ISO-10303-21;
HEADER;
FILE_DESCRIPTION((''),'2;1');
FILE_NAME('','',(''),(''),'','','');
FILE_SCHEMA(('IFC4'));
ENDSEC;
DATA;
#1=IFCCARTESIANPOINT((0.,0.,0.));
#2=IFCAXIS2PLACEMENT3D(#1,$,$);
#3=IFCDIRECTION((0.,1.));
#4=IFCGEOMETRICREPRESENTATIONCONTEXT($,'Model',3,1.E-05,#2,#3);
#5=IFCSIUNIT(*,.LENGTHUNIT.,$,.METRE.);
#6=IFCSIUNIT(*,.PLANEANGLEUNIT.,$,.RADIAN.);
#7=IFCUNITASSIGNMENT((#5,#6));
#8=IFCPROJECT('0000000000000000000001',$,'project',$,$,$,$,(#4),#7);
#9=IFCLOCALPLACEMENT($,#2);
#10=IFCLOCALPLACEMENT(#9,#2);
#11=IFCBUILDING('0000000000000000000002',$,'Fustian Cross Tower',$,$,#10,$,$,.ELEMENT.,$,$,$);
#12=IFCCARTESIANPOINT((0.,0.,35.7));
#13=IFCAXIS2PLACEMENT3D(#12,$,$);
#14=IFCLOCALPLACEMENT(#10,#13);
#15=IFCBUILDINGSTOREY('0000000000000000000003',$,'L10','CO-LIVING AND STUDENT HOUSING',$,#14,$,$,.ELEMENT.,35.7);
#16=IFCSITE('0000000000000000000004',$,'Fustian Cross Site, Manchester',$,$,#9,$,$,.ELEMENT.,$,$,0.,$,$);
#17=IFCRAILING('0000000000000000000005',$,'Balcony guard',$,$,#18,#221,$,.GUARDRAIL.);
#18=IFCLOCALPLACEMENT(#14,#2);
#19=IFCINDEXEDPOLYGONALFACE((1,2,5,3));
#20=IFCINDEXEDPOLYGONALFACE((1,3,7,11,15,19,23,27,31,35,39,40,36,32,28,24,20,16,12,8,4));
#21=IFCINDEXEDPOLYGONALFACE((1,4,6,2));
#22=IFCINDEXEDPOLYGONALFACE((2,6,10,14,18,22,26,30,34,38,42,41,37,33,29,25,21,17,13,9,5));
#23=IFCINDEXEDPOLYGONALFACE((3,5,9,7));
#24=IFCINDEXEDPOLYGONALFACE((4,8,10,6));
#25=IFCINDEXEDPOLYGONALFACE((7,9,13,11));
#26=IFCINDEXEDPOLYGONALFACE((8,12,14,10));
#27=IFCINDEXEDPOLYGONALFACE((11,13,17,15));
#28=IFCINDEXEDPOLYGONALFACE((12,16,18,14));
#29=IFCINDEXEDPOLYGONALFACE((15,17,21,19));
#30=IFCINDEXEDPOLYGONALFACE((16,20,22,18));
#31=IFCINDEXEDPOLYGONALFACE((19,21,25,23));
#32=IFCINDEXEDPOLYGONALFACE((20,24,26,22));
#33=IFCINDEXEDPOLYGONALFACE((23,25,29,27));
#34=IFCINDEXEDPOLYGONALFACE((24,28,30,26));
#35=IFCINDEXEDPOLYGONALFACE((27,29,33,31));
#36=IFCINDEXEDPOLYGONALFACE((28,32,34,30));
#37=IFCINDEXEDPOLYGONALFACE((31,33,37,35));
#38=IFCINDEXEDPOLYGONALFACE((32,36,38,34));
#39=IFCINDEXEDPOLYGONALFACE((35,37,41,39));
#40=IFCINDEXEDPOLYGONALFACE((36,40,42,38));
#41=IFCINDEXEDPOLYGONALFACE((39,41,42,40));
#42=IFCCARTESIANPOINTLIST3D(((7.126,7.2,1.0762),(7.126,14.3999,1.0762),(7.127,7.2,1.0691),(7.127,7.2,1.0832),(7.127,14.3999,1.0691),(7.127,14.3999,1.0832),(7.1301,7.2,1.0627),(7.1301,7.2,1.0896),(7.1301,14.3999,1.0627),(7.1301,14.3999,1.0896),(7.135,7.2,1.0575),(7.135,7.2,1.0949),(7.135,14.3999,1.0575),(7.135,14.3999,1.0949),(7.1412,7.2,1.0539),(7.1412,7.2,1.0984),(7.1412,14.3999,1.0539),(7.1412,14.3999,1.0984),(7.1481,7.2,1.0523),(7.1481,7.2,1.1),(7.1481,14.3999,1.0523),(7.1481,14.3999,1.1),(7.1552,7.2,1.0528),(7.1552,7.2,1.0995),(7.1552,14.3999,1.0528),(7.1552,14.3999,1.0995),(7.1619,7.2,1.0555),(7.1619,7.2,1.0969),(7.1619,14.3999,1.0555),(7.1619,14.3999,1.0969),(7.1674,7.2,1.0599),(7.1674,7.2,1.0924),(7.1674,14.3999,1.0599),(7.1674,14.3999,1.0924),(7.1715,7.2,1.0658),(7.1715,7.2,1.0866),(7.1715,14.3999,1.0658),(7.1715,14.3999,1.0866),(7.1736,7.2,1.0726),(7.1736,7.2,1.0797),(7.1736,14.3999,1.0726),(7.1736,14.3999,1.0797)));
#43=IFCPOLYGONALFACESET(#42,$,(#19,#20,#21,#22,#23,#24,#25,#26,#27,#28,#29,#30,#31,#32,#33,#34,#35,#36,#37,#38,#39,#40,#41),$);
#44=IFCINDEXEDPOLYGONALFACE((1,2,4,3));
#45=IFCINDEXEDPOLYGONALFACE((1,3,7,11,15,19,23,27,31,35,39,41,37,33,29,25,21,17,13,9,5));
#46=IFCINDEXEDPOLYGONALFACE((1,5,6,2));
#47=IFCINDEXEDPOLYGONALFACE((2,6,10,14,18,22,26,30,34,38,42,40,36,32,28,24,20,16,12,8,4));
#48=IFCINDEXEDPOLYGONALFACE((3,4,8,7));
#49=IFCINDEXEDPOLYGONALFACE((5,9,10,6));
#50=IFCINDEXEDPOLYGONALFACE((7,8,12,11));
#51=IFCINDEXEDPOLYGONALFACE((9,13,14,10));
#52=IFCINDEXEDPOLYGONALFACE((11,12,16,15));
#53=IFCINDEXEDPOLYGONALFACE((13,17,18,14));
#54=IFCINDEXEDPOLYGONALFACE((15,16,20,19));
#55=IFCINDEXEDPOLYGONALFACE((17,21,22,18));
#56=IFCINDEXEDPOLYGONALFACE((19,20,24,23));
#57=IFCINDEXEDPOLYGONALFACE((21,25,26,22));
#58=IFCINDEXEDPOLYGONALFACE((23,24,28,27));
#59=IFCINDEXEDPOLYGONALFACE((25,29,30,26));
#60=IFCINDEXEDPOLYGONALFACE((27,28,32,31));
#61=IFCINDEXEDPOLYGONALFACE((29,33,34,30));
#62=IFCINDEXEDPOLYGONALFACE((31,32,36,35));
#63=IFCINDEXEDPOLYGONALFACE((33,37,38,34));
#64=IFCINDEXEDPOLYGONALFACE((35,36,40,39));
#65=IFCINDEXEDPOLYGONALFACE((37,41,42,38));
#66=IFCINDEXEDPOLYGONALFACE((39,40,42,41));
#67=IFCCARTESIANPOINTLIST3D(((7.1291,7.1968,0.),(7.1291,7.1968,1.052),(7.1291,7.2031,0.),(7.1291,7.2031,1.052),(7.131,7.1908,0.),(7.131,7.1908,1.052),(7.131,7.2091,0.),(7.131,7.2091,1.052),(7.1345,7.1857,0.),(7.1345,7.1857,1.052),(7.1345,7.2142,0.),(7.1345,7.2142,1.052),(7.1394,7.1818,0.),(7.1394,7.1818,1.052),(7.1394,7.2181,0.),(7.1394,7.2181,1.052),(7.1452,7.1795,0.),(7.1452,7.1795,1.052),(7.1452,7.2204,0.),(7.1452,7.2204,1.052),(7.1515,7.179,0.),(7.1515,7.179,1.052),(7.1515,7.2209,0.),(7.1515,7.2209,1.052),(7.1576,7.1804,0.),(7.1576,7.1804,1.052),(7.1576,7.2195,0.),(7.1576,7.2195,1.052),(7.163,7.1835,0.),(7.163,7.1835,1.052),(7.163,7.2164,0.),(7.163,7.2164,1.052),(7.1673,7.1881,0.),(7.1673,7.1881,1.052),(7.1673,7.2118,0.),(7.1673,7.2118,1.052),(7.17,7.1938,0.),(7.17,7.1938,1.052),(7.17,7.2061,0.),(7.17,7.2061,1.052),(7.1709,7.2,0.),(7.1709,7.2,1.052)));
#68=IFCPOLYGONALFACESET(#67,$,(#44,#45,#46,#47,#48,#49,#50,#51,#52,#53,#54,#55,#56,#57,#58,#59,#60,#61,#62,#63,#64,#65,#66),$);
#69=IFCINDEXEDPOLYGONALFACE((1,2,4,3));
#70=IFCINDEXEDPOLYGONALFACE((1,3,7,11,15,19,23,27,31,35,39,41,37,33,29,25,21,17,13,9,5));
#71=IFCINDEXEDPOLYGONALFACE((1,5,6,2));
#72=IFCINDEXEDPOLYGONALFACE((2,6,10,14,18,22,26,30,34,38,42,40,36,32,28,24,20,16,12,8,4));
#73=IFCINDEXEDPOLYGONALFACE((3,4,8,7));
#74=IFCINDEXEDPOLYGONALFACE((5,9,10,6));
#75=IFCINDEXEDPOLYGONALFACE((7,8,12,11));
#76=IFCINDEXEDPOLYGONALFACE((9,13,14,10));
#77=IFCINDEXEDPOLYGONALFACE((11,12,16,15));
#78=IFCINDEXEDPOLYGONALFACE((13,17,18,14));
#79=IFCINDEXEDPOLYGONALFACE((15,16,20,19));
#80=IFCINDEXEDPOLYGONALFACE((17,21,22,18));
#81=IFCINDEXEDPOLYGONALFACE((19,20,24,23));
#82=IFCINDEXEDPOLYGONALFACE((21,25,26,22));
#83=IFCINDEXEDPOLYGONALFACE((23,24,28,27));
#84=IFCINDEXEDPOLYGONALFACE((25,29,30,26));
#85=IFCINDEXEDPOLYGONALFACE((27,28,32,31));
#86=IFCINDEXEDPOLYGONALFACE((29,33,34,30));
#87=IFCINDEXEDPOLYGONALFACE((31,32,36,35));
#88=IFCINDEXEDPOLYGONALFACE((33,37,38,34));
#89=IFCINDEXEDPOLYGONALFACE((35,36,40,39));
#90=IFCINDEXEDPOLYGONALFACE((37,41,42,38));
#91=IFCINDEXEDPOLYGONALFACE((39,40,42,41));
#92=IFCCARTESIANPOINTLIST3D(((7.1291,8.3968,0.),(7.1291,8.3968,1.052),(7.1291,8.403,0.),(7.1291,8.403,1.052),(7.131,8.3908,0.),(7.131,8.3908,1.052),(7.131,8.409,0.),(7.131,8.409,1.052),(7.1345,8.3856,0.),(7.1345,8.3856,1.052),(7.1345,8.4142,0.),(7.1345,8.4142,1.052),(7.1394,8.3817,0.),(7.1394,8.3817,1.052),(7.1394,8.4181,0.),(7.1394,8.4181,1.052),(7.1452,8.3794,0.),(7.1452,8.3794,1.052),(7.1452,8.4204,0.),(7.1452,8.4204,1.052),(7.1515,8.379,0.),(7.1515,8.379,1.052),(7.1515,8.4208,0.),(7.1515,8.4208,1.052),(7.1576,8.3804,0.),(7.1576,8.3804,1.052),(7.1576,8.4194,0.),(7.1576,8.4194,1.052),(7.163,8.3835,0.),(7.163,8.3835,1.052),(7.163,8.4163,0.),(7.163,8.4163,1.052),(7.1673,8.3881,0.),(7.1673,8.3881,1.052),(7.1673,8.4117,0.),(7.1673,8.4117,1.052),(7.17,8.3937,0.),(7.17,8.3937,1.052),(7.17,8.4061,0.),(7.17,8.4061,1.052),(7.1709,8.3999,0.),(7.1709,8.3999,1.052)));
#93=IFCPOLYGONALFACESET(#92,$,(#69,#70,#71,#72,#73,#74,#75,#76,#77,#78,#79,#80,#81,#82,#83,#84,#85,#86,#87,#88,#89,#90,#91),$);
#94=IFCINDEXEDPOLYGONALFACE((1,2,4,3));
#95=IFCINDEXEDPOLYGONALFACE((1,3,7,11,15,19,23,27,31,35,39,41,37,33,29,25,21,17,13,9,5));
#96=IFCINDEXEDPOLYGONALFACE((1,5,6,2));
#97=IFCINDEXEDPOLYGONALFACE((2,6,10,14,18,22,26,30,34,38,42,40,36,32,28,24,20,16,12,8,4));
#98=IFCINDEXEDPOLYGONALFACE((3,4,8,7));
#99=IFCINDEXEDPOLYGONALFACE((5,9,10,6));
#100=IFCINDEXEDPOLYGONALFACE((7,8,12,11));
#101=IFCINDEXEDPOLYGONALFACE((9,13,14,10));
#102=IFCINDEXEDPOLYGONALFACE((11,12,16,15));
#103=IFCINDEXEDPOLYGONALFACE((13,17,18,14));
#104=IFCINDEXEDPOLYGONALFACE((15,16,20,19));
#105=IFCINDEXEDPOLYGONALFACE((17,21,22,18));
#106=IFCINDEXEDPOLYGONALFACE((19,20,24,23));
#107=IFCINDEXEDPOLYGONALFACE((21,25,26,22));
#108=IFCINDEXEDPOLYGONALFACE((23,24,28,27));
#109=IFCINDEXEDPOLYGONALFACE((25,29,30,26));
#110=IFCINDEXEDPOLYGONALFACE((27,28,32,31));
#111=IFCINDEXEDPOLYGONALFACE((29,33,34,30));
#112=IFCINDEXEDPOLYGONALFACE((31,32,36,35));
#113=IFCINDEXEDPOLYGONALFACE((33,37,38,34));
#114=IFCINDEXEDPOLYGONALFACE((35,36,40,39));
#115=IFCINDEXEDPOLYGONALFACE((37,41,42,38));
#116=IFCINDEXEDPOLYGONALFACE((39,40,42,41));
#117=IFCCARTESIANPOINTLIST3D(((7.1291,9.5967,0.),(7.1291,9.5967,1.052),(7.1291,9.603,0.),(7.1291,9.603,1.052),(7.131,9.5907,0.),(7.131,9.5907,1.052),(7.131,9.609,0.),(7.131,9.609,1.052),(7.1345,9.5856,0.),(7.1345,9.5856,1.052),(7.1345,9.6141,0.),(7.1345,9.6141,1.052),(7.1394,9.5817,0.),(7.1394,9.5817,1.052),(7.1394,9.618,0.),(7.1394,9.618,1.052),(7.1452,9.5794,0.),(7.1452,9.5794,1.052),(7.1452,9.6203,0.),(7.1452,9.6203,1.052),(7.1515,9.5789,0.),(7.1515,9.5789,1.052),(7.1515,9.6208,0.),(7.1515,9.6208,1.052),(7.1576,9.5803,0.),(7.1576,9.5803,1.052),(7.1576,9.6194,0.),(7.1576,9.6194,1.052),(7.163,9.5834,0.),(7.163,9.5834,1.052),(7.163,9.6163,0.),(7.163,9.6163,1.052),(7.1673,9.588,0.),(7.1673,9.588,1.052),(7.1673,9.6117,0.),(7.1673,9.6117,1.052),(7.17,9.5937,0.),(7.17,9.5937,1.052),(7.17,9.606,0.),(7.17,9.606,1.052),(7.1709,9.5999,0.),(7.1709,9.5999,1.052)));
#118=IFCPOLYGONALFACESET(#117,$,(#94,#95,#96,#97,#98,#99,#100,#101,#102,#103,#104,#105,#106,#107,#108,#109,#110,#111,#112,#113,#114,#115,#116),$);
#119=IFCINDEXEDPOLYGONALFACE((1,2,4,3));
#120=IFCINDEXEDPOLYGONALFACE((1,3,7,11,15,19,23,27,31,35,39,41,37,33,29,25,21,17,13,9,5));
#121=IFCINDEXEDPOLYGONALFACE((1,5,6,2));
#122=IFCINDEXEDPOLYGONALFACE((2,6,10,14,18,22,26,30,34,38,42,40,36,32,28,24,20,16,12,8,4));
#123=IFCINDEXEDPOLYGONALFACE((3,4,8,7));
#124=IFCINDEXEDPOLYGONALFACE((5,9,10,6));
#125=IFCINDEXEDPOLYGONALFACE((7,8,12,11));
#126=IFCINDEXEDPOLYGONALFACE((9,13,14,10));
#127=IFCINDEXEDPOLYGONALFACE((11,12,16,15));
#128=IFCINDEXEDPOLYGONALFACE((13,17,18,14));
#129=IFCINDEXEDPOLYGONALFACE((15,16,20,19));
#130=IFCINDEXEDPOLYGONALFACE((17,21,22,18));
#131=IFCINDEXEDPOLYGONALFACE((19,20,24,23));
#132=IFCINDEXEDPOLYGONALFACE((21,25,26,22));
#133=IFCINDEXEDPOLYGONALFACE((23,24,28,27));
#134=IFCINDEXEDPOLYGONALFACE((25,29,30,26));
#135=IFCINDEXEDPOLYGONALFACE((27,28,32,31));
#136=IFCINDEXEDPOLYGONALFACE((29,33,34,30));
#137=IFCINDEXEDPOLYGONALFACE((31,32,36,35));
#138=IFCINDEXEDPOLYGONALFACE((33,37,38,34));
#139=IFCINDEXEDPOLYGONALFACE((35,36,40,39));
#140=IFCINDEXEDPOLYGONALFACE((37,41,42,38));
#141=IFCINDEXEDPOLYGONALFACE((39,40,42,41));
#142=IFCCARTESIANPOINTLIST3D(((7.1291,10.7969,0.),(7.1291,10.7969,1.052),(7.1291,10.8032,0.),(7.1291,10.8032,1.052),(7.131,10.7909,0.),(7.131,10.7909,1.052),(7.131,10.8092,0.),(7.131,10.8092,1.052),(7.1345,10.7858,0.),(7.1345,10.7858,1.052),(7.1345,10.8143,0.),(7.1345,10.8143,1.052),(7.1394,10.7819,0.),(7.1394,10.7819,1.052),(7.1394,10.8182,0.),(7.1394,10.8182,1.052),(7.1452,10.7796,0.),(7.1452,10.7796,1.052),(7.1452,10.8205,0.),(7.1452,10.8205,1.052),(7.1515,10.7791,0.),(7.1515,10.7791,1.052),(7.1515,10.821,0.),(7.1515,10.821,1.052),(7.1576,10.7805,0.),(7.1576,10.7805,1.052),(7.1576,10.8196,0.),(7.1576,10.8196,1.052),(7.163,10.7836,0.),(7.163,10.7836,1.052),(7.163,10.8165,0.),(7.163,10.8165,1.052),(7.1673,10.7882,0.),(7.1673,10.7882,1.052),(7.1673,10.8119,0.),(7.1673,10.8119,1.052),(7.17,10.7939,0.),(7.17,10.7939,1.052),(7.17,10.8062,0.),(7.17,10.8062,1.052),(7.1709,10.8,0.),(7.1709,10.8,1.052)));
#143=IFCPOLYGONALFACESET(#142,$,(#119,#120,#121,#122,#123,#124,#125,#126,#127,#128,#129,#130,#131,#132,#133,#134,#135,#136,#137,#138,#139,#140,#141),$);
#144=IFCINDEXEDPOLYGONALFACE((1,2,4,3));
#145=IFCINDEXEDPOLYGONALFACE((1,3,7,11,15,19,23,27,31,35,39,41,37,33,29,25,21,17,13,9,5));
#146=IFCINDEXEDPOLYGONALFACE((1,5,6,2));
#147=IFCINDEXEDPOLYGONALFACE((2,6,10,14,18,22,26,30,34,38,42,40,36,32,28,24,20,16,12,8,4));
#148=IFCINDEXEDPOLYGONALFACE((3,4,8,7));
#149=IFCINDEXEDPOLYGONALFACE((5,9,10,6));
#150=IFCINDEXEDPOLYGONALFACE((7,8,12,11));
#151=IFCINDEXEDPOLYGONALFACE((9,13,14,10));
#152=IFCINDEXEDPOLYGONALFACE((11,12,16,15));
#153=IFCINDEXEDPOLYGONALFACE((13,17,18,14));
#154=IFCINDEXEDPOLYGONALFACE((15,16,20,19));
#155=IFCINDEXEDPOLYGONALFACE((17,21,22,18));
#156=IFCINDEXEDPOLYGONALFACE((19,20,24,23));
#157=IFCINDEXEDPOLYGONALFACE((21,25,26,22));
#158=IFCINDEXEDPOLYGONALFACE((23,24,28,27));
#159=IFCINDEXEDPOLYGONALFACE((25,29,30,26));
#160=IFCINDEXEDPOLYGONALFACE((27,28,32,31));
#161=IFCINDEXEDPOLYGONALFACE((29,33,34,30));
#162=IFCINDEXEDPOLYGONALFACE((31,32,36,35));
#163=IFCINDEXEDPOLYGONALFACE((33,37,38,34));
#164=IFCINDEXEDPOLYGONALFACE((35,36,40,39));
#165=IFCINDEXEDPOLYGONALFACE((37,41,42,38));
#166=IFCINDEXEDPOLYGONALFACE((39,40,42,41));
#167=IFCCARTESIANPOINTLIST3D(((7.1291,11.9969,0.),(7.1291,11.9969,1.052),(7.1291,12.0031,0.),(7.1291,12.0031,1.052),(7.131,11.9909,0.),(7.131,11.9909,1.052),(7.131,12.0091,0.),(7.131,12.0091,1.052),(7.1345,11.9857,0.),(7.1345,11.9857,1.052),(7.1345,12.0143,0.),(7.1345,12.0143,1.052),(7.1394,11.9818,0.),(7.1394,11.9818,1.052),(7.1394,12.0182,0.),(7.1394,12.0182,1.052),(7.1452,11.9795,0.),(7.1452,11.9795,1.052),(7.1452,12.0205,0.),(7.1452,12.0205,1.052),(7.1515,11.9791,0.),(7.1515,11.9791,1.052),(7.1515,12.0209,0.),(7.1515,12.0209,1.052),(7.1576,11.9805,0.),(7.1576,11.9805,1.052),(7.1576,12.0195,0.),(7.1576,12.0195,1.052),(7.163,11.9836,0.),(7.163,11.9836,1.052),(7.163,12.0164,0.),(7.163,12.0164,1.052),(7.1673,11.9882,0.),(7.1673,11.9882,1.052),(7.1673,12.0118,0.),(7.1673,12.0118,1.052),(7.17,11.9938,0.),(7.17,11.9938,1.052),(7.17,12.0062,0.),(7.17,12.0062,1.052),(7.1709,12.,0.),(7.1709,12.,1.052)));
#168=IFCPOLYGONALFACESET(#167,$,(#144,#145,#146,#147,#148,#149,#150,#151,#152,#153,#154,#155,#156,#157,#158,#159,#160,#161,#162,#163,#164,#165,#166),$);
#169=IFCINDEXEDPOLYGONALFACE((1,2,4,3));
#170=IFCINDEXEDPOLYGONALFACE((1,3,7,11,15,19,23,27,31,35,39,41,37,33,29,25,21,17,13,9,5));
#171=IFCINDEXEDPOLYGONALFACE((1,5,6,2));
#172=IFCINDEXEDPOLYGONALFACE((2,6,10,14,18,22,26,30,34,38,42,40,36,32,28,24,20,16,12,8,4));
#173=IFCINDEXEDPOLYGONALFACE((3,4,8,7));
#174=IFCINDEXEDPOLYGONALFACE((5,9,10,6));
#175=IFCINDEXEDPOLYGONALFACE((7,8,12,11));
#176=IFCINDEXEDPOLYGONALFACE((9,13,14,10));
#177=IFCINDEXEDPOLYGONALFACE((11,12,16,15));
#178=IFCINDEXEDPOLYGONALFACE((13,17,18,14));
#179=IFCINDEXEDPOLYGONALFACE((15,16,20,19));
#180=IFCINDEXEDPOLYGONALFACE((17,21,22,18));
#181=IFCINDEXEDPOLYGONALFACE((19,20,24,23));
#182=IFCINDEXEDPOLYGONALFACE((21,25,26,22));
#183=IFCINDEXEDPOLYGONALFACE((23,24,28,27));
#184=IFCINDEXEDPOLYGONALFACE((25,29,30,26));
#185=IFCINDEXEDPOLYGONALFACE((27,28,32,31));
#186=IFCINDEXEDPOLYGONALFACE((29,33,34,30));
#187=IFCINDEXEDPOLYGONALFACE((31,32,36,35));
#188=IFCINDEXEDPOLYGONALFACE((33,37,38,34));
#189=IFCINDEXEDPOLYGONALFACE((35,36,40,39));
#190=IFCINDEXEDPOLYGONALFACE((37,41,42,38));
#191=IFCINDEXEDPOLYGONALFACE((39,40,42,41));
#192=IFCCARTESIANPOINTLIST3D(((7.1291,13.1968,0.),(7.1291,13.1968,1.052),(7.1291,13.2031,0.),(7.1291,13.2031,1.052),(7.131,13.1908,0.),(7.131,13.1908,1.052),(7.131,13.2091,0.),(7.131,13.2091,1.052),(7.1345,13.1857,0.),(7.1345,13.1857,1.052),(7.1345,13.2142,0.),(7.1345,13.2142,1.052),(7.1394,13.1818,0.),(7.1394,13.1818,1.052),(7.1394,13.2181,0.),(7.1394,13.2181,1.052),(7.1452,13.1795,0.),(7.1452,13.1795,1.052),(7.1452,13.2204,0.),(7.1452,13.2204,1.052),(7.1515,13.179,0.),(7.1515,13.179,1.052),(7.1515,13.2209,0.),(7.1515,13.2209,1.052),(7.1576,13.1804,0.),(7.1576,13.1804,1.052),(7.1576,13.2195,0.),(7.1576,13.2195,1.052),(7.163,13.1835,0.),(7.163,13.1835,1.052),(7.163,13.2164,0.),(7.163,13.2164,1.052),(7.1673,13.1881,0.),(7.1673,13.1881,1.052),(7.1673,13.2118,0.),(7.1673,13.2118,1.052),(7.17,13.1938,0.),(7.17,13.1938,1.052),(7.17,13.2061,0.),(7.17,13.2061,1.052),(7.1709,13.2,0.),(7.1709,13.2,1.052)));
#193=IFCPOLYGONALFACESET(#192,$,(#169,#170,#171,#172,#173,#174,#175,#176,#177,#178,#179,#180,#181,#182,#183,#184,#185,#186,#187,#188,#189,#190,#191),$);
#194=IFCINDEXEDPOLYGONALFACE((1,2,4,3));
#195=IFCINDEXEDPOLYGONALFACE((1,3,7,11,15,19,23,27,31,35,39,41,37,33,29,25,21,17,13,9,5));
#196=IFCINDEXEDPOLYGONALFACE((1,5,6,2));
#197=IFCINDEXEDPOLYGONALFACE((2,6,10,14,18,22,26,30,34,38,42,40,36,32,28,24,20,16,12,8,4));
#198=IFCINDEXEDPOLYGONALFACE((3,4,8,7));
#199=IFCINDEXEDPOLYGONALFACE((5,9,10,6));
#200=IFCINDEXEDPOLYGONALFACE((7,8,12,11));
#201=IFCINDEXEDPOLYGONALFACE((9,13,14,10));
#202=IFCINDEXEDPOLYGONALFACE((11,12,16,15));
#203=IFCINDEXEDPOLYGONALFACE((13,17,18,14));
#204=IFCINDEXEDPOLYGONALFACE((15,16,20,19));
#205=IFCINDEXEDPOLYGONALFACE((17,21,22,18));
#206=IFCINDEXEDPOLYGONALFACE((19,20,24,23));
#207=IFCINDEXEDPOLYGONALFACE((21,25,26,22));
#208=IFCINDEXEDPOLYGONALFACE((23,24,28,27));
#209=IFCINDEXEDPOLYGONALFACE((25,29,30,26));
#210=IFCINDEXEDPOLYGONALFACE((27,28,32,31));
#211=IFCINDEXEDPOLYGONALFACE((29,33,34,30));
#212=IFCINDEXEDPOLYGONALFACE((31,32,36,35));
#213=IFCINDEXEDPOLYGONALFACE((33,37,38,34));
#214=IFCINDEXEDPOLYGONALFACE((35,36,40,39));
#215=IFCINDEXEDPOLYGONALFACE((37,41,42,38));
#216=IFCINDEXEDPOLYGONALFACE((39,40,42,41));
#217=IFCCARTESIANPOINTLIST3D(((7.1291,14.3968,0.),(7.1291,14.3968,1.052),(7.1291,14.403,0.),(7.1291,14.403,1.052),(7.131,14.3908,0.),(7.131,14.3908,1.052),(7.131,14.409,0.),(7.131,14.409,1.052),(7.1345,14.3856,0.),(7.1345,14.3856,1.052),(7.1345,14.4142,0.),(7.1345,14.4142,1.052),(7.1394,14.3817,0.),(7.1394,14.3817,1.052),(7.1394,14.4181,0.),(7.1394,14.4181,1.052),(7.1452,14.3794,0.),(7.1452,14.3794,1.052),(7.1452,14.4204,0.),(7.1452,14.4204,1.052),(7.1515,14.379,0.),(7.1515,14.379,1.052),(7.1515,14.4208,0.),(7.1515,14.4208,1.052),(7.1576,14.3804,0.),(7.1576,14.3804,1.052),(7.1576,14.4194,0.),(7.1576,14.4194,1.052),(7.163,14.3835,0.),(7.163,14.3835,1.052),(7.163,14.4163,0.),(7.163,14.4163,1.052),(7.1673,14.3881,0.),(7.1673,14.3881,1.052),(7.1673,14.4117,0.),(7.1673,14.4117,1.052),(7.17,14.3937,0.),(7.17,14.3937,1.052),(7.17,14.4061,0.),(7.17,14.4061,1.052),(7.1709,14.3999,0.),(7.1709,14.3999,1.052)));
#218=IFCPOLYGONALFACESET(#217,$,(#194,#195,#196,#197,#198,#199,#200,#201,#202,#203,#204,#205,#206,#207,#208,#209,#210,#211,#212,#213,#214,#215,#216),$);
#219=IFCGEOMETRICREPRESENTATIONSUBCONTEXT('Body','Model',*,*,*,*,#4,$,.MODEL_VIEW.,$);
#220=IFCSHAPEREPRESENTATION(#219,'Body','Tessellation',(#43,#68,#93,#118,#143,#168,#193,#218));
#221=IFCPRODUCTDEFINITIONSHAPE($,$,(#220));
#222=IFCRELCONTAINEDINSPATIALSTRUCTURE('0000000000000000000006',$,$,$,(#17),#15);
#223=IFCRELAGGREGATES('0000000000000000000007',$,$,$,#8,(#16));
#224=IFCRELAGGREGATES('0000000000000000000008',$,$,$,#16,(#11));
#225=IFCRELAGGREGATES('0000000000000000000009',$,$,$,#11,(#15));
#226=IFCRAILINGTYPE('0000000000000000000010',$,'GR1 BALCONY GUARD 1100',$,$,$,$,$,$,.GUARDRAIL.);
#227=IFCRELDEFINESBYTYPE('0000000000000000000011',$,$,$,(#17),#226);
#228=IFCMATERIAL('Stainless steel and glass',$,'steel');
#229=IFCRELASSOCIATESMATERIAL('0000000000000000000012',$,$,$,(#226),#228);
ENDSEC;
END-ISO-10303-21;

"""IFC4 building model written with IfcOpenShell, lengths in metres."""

from ifc_helpers import new_model, si_unit, direction, frame, origin, origin_2d, place, context, subcontext, project, spatial, circle, extrude, material, type_object, element, save


model = new_model("IFC4")

# Units and contexts
model_context = context("Model", 3, precision=1e-05, world=origin(), true_north=direction((0.0, 1.0)))
body_context = subcontext(model_context, "Body", "Model", "MODEL_VIEW")
ifc_project = project(units=[si_unit("LENGTHUNIT", "METRE"), si_unit("PLANEANGLEUNIT", "RADIAN")], contexts=[model_context])

# Site, building, storey
site_placement = place(None, origin())
site = spatial("IfcSite", under=ifc_project, at=site_placement, Name="Fustian Cross Site, Manchester", CompositionType="ELEMENT", RefElevation=0.0)
building_placement = place(site_placement, origin())
building = spatial("IfcBuilding", under=site, at=building_placement, Name="Fustian Cross Tower", CompositionType="ELEMENT")
storey_placement = place(building_placement, frame((0.0, 0.0, 35.7)))
storey = spatial("IfcBuildingStorey", under=building, at=storey_placement, Name="L10", Description="CO-LIVING AND STUDENT HOUSING", CompositionType="ELEMENT", Elevation=35.7)

# Railing
ifc_material_1 = material(Name="Stainless steel and glass", Category="steel")
railing_type = type_object("IfcRailingType", Name="GR1 BALCONY GUARD 1100", PredefinedType="GUARDRAIL", material=ifc_material_1)
railing_placement = place(storey_placement, frame((7.1499, 7.2, 0.0)))
element("IfcRailing", 1, at=railing_placement, inside=storey, type_object=railing_type, Name="Balcony guard", PredefinedType="GUARDRAIL", context=body_context, shape_type="SweptSolid", body=[
    extrude(circle(Radius=0.0239, at=origin_2d()), frame((0.0, 0.0, 1.0762), z_axis=(0.0, 1.0, 0.0), x_axis=(-1.0, 0.0, 0.0)), (0.0, 0.0, 1.0), 7.2),
    extrude(circle(Radius=0.021, at=origin_2d()), origin(), (0.0, 0.0, 1.0), 1.052),
    extrude(circle(Radius=0.021, at=origin_2d()), frame((0.0, 1.2, 0.0)), (0.0, 0.0, 1.0), 1.052),
    extrude(circle(Radius=0.021, at=origin_2d()), frame((0.0, 2.3999, 0.0)), (0.0, 0.0, 1.0), 1.052),
    extrude(circle(Radius=0.021, at=origin_2d()), frame((0.0, 3.6001, 0.0)), (0.0, 0.0, 1.0), 1.052),
    extrude(circle(Radius=0.021, at=origin_2d()), frame((0.0, 4.8, 0.0)), (0.0, 0.0, 1.0), 1.052),
    extrude(circle(Radius=0.021, at=origin_2d()), frame((0.0, 6.0, 0.0)), (0.0, 0.0, 1.0), 1.052),
    extrude(circle(Radius=0.021, at=origin_2d()), frame((0.0, 7.2, 0.0)), (0.0, 0.0, 1.0), 1.052),
])

save(model, "model.ifc")
